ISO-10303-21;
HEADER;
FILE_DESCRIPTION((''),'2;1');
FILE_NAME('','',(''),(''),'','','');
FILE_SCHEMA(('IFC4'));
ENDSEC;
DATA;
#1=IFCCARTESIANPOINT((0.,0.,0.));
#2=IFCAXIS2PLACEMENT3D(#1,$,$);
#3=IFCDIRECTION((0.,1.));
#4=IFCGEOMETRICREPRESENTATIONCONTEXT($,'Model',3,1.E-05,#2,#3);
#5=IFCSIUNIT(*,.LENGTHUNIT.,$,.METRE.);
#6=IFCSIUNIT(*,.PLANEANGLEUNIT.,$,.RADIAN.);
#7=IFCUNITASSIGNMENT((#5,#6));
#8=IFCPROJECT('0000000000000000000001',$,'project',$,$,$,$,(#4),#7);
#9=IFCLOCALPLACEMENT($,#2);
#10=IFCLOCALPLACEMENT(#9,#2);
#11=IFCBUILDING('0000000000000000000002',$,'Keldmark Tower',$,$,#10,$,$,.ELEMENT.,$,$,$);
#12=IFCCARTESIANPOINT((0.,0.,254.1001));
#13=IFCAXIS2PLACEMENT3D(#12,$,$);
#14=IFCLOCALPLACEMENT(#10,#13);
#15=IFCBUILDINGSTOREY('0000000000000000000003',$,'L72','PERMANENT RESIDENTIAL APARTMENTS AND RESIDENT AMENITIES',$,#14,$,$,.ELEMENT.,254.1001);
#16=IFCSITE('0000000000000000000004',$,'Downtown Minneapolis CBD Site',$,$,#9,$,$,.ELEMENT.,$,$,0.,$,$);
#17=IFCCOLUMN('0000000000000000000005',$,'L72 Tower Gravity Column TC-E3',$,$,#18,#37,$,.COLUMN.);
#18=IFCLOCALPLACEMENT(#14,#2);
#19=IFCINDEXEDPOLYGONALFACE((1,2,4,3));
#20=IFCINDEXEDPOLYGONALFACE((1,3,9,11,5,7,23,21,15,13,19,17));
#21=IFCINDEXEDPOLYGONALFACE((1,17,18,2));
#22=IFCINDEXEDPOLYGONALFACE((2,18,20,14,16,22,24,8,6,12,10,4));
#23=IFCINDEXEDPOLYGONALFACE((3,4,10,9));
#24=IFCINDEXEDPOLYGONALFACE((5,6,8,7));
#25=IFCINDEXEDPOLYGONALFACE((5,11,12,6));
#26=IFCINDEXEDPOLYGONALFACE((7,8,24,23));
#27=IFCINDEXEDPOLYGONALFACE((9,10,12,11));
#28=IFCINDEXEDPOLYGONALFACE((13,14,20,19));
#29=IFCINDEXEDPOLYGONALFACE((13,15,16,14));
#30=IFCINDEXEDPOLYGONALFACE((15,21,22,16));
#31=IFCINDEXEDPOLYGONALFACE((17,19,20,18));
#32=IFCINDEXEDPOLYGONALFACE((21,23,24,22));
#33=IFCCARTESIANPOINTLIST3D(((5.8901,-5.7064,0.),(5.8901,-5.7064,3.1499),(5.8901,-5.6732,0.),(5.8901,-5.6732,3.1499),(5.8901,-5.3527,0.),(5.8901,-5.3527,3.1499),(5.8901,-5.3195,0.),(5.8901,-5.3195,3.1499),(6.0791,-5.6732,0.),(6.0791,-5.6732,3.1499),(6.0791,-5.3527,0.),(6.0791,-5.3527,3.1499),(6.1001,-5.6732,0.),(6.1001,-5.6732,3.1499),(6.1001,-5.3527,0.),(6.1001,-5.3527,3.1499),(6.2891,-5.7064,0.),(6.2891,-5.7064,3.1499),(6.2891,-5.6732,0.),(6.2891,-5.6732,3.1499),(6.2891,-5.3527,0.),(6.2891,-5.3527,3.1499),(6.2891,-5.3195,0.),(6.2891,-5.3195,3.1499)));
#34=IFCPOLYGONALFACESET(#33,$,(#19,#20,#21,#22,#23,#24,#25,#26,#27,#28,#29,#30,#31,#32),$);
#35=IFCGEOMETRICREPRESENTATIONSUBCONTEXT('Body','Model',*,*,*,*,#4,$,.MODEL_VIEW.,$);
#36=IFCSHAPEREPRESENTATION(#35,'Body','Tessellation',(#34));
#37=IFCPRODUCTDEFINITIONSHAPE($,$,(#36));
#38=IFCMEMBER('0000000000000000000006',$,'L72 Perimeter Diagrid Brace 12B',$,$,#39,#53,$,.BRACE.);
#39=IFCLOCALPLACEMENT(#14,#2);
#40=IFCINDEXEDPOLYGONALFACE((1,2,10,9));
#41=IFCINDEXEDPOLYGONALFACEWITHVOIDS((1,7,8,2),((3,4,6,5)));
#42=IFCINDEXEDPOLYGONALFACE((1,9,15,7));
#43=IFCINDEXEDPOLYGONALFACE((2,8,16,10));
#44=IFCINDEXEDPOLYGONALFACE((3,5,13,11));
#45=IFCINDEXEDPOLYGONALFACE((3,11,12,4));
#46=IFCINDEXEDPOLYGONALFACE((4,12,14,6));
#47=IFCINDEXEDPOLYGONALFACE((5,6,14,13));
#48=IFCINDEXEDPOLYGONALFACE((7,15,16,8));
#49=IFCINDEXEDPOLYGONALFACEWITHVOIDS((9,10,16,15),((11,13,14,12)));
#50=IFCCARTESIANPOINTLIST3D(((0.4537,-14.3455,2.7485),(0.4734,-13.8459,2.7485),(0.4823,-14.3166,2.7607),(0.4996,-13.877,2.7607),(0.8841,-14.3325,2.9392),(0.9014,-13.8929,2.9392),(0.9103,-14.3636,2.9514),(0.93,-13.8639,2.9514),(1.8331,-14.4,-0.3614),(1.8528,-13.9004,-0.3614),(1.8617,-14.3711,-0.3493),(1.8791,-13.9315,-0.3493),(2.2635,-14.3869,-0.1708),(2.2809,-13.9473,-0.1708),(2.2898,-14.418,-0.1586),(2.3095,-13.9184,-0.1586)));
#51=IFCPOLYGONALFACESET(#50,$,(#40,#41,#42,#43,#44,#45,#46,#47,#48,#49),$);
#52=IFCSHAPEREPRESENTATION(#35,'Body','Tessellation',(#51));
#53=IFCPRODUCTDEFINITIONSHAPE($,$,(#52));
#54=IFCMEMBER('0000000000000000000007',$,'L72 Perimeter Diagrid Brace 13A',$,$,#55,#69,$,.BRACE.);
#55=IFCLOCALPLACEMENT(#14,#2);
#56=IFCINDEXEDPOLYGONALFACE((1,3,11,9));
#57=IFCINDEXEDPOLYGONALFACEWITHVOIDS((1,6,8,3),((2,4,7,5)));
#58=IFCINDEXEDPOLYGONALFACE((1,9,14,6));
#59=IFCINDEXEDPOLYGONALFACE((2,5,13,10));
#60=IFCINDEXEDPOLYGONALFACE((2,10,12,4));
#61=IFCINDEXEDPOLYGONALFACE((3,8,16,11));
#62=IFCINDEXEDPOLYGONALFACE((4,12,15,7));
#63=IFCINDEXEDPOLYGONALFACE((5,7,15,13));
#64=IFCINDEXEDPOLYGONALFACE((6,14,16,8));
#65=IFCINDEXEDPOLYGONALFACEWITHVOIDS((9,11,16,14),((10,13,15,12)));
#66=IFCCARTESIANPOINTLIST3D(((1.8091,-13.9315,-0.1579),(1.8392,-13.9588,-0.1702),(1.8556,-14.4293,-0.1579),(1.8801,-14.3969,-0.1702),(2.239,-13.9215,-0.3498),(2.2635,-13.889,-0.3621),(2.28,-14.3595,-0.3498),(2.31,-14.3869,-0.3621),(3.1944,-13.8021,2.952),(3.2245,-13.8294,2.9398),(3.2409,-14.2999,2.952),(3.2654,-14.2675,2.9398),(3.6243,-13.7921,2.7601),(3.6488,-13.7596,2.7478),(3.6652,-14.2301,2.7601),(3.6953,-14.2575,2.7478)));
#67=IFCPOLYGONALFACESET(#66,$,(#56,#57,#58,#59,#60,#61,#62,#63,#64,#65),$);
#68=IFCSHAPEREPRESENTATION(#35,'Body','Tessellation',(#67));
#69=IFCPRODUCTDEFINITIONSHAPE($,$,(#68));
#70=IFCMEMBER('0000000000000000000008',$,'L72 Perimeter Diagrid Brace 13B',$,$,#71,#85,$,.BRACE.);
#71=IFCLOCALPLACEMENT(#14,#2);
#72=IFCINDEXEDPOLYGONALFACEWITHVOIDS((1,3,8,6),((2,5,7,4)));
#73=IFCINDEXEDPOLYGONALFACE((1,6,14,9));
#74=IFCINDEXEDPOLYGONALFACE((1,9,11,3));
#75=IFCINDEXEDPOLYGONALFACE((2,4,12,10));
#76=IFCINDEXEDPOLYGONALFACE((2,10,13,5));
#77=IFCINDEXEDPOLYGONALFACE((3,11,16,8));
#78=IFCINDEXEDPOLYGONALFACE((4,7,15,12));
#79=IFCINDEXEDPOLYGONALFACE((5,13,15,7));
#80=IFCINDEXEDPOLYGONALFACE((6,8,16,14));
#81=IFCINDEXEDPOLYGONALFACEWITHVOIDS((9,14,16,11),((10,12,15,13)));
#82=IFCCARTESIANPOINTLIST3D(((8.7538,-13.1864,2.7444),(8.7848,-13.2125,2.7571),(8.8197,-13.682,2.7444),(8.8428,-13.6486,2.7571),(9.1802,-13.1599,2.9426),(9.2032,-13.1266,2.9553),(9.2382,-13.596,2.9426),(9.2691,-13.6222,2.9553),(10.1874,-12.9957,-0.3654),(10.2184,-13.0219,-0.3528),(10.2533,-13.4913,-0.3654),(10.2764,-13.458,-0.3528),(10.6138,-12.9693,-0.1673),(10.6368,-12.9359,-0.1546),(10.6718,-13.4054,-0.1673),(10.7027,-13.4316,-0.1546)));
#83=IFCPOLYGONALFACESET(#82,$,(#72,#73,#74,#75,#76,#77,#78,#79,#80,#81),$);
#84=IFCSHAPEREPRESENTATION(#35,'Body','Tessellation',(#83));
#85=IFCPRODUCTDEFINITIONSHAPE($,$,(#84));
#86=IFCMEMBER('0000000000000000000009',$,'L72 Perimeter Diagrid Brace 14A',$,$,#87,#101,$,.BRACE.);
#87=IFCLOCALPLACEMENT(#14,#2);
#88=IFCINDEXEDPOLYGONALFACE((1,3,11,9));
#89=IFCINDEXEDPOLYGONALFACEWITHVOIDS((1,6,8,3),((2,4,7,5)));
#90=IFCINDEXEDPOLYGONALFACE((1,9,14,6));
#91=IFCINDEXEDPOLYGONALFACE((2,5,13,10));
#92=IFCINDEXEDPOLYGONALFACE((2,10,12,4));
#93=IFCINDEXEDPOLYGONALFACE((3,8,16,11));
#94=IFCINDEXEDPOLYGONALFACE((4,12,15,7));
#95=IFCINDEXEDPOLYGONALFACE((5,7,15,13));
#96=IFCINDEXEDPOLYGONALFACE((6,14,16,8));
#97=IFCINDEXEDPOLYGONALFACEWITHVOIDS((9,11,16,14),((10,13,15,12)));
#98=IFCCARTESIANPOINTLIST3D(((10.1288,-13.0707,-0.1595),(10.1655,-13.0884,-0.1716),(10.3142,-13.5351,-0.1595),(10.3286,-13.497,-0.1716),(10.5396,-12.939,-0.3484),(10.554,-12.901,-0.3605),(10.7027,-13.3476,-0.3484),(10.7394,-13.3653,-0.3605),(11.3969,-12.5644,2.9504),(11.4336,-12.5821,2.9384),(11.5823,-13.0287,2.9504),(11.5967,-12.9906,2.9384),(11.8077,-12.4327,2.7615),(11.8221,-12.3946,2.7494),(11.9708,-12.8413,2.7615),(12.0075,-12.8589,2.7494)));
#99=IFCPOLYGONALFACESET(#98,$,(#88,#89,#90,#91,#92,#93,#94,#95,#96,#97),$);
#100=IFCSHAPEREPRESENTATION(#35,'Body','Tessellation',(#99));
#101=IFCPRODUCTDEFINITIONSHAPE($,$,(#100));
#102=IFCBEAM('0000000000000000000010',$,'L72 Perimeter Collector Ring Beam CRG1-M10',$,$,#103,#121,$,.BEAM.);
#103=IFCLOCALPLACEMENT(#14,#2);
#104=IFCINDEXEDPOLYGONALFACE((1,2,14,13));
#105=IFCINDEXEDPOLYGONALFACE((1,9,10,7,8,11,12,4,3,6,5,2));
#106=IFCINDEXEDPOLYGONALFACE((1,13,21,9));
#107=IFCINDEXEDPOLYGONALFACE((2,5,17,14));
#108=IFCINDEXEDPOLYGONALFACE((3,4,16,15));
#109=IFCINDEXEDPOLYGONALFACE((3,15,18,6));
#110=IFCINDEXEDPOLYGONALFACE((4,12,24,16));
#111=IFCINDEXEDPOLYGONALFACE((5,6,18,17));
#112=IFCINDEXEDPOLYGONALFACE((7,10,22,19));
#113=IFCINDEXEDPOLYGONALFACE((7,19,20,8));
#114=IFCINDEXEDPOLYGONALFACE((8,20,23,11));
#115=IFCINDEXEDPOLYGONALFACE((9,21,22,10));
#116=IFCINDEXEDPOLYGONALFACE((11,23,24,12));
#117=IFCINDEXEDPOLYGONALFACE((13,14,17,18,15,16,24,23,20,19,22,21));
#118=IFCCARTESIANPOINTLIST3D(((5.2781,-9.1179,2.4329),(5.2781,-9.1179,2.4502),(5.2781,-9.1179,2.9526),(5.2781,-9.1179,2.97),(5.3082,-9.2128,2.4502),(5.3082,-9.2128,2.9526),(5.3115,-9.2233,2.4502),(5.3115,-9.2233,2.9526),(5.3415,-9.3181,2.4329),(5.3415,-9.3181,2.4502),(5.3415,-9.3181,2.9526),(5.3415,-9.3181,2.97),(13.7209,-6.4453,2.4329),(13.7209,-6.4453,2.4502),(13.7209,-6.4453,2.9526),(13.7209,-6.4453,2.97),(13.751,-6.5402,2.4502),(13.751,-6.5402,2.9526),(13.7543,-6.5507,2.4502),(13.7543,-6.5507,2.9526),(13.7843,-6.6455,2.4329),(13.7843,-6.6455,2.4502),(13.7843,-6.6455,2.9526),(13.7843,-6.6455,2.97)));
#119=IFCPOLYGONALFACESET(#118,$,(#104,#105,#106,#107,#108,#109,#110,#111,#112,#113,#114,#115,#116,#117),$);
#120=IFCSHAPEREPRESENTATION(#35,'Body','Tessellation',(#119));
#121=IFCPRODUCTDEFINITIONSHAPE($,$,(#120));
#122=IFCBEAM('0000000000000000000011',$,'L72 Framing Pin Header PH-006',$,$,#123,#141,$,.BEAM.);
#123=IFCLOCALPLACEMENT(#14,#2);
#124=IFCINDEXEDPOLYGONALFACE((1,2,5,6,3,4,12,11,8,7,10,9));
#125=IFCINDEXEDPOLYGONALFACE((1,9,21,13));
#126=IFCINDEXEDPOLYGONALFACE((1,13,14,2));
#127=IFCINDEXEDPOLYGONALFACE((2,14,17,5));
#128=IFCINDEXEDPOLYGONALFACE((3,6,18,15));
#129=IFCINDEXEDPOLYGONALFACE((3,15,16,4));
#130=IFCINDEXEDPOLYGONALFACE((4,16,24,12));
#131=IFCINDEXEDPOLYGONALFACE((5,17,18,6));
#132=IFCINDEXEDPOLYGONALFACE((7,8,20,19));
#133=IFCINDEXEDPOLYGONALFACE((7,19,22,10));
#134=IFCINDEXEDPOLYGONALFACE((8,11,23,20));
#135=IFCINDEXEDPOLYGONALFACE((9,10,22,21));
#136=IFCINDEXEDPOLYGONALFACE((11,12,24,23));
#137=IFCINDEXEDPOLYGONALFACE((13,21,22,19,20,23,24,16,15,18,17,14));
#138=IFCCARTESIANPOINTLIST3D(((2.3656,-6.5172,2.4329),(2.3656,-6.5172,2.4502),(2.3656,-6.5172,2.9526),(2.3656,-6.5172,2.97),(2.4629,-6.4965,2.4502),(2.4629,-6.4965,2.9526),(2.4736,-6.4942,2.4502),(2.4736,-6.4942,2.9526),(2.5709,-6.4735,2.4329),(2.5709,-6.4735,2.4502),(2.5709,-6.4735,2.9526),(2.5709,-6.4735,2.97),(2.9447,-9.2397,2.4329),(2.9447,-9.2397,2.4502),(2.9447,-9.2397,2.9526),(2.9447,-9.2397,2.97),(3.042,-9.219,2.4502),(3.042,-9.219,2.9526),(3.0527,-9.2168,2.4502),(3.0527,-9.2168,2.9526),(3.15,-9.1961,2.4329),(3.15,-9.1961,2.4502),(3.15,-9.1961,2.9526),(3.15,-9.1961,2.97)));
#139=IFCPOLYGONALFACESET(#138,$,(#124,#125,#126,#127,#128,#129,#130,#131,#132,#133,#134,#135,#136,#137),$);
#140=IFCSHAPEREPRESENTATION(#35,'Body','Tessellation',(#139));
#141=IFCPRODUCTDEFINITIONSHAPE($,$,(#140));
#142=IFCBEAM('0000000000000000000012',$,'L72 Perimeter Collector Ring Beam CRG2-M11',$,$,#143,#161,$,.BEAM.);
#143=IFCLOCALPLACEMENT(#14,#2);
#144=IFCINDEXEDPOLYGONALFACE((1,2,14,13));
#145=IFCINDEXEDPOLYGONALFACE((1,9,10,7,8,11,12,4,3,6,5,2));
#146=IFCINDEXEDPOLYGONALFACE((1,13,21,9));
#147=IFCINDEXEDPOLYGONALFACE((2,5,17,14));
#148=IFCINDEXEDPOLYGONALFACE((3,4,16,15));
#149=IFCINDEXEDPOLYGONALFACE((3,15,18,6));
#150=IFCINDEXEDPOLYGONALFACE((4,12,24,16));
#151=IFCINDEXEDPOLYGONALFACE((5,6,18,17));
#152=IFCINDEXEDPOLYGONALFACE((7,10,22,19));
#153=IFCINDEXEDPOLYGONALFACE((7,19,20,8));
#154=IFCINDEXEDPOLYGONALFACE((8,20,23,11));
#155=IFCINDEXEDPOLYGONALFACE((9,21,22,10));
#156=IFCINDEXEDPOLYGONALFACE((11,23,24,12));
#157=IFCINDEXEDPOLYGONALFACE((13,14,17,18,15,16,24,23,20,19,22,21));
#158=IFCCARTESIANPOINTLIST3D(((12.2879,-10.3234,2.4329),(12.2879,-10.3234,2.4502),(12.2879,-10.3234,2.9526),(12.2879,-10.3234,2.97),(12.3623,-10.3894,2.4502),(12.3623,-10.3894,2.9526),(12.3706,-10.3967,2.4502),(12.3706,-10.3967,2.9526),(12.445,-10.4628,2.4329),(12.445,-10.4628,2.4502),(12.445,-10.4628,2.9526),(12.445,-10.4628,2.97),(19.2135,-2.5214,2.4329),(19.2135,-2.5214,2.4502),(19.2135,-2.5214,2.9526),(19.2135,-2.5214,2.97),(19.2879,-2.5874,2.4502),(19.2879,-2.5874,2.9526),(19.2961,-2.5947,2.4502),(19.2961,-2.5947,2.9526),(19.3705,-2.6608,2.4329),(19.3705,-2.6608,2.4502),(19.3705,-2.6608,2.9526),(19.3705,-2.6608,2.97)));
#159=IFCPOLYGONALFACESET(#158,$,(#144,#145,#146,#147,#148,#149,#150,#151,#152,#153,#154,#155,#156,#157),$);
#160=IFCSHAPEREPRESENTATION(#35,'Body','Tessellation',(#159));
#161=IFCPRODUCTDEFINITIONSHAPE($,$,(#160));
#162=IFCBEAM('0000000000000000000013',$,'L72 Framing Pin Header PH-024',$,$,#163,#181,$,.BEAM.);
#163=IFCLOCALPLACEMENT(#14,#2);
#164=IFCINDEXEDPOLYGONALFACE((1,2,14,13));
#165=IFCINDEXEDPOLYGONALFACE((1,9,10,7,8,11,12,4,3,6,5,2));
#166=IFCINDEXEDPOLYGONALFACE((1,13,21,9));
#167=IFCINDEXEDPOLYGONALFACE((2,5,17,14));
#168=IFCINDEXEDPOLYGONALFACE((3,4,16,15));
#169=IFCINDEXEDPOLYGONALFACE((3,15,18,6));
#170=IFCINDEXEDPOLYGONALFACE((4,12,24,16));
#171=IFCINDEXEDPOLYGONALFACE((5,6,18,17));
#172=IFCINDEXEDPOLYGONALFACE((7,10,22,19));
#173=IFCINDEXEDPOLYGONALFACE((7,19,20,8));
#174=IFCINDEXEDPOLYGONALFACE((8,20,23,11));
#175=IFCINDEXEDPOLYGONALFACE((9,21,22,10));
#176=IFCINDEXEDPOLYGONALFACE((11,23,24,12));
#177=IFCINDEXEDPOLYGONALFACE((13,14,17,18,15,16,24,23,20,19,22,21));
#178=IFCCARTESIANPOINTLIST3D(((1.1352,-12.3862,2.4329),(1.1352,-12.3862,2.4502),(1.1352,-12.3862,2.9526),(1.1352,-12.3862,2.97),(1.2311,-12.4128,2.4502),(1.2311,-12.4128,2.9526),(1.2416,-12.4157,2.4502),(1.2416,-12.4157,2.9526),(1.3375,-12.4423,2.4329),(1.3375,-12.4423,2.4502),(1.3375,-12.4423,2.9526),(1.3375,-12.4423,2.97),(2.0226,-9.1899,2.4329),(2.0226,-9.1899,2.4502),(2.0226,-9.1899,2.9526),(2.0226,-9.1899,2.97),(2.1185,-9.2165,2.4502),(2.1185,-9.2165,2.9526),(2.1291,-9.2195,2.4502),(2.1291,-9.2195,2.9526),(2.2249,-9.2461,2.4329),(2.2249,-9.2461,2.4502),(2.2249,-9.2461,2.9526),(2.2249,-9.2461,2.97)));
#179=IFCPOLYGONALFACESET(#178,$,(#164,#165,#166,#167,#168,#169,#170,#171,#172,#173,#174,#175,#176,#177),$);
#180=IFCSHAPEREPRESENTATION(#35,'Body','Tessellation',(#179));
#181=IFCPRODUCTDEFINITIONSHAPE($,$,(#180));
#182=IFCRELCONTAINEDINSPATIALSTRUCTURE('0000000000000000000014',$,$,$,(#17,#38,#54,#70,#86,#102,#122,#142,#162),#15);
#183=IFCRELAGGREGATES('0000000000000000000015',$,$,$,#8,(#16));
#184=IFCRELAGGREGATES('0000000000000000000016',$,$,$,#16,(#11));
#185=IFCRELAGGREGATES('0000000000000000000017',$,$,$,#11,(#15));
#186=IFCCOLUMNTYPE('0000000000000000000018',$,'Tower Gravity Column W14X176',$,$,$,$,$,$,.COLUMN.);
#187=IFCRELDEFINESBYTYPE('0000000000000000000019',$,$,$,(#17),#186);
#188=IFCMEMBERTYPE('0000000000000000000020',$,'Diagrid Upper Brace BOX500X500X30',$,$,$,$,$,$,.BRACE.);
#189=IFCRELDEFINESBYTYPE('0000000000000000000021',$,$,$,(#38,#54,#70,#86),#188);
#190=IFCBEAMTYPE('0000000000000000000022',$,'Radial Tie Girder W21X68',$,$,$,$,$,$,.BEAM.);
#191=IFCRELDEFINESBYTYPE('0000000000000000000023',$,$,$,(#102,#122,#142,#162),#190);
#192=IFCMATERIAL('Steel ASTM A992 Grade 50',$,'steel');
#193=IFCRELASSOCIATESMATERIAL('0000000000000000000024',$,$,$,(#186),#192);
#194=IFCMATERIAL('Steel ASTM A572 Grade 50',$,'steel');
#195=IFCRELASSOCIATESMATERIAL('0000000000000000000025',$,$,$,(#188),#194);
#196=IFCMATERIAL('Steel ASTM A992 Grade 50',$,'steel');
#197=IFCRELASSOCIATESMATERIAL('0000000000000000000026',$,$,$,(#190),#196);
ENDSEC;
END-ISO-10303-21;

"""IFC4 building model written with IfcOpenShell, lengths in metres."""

from ifc_helpers import new_model, si_unit, direction, frame, origin, origin_2d, place, context, subcontext, project, spatial, hollow_rectangle, i_section, extrude, material, material_profile, profile_set, type_object, element, save


model = new_model("IFC4")

# Units and contexts
model_context = context("Model", 3, precision=1e-05, world=origin(), true_north=direction((0.0, 1.0)))
body_context = subcontext(model_context, "Body", "Model", "MODEL_VIEW")
ifc_project = project(units=[si_unit("LENGTHUNIT", "METRE"), si_unit("PLANEANGLEUNIT", "RADIAN")], contexts=[model_context])

# Site, building, storey
site_placement = place(None, origin())
site = spatial("IfcSite", under=ifc_project, at=site_placement, Name="Downtown Minneapolis CBD Site", CompositionType="ELEMENT", RefElevation=0.0)
building_placement = place(site_placement, origin())
building = spatial("IfcBuilding", under=site, at=building_placement, Name="Keldmark Tower", CompositionType="ELEMENT")
storey_placement = place(building_placement, frame((0.0, 0.0, 254.1001)))
storey = spatial("IfcBuildingStorey", under=building, at=storey_placement, Name="L72", Description="PERMANENT RESIDENTIAL APARTMENTS AND RESIDENT AMENITIES", CompositionType="ELEMENT", Elevation=254.1001)

# Column
ifc_material_1 = material(Name="Steel ASTM A992 Grade 50", Category="steel")
ifc_material_profile_1 = material_profile(ifc_material_1, i_section(OverallWidth=0.3989, OverallDepth=0.387, WebThickness=0.021, FlangeThickness=0.0332, at=origin_2d()), Name="W14X176")
ifc_profile_set_1 = profile_set([ifc_material_profile_1], Name="Steel ASTM A992 Grade 50")
column_type = type_object("IfcColumnType", Name="Tower Gravity Column W14X176", PredefinedType="COLUMN", material=ifc_profile_set_1)
column_placement = place(storey_placement, frame((6.0896, -5.5129, 0.0), z_axis=(0.0, 0.0, 1.0), x_axis=(1.0, 0.0, 0.0)))
element("IfcColumn", 1, at=column_placement, inside=storey, type_object=column_type, Name="L72 Tower Gravity Column TC-E3", PredefinedType="COLUMN", context=body_context, shape_type="SweptSolid", body=[
    extrude(i_section(OverallWidth=0.3989, OverallDepth=0.387, WebThickness=0.021, FlangeThickness=0.0332, at=origin_2d()), origin(), (0.0, 0.0, 1.0), 3.1499),
])

# Members
ifc_material_2 = material(Name="Steel ASTM A572 Grade 50", Category="steel")
ifc_material_profile_2 = material_profile(ifc_material_2, hollow_rectangle(XDim=0.5, YDim=0.5, WallThickness=0.03, at=origin_2d()), Name="BOX500X500X30")
ifc_profile_set_2 = profile_set([ifc_material_profile_2], Name="Steel ASTM A572 Grade 50")
member_type = type_object("IfcMemberType", Name="Diagrid Upper Brace BOX500X500X30", PredefinedType="BRACE", material=ifc_profile_set_2)
member_1_placement = place(storey_placement, frame((2.0713, -14.1592, -0.26), z_axis=(-0.405407, 0.016001, 0.913996), x_axis=(-0.039438, -0.999222, 0.0)))
element("IfcMember", 2, at=member_1_placement, inside=storey, type_object=member_type, Name="L72 Perimeter Diagrid Brace 12B", PredefinedType="BRACE", context=body_context, shape_type="SweptSolid", body=[
    extrude(hollow_rectangle(XDim=0.5, YDim=0.5, WallThickness=0.03, at=origin_2d()), origin(), (0.0, 0.0, 1.0), 3.4026),
])
member_2_placement = place(storey_placement, frame((2.0596, -14.1592, -0.26), z_axis=(0.406603, 0.03798, 0.912815), x_axis=(-0.093004, 0.995666, 0.0)))
element("IfcMember", 3, at=member_2_placement, inside=storey, type_object=member_type, Name="L72 Perimeter Diagrid Brace 13A", PredefinedType="BRACE", context=body_context, shape_type="SweptSolid", body=[
    extrude(hollow_rectangle(XDim=0.5, YDim=0.5, WallThickness=0.03, at=origin_2d()), origin(), (0.0, 0.0, 1.0), 3.407),
])
member_3_placement = place(storey_placement, frame((10.4451, -13.2136, -0.26), z_axis=(-0.417995, -0.055595, 0.906747), x_axis=(0.131843, -0.991271, 0.0)))
element("IfcMember", 4, at=member_3_placement, inside=storey, type_object=member_type, Name="L72 Perimeter Diagrid Brace 13B", PredefinedType="BRACE", context=body_context, shape_type="SweptSolid", body=[
    extrude(hollow_rectangle(XDim=0.5, YDim=0.5, WallThickness=0.03, at=origin_2d()), origin(), (0.0, 0.0, 1.0), 3.4297),
])
member_4_placement = place(storey_placement, frame((10.4341, -13.218, -0.26), z_axis=(0.373354, 0.149083, 0.915631), x_axis=(-0.370836, 0.928698, 0.0)))
element("IfcMember", 5, at=member_4_placement, inside=storey, type_object=member_type, Name="L72 Perimeter Diagrid Brace 14A", PredefinedType="BRACE", context=body_context, shape_type="SweptSolid", body=[
    extrude(hollow_rectangle(XDim=0.5, YDim=0.5, WallThickness=0.03, at=origin_2d()), origin(), (0.0, 0.0, 1.0), 3.3965),
])

# Beams
ifc_material_3 = material(Name="Steel ASTM A992 Grade 50", Category="steel")
ifc_material_profile_3 = material_profile(ifc_material_3, i_section(OverallWidth=0.21, OverallDepth=0.5371, WebThickness=0.011, FlangeThickness=0.0173, at=origin_2d()), Name="W21X68")
ifc_profile_set_3 = profile_set([ifc_material_profile_3], Name="Steel ASTM A992 Grade 50")
beam_type_1 = type_object("IfcBeamType", Name="Radial Tie Girder W21X68", PredefinedType="BEAM", material=ifc_profile_set_3)
beam_1_placement = place(storey_placement, frame((5.3098, -9.218, 2.7014), z_axis=(0.953374, 0.301792, 0.0), x_axis=(-0.301792, 0.953374, 0.0)))
element("IfcBeam", 6, at=beam_1_placement, inside=storey, type_object=beam_type_1, Name="L72 Perimeter Collector Ring Beam CRG1-M10", PredefinedType="BEAM", context=body_context, shape_type="SweptSolid", body=[
    extrude(i_section(OverallWidth=0.21, OverallDepth=0.5371, WebThickness=0.011, FlangeThickness=0.0173, at=origin_2d()), origin(), (0.0, 0.0, 1.0), 8.8557),
])
beam_2_placement = place(storey_placement, frame((2.4683, -6.4954, 2.7014), z_axis=(0.208043, -0.97812, 0.0), x_axis=(0.97812, 0.208043, 0.0)))
element("IfcBeam", 7, at=beam_2_placement, inside=storey, type_object=beam_type_1, Name="L72 Framing Pin Header PH-006", PredefinedType="BEAM", context=body_context, shape_type="SweptSolid", body=[
    extrude(i_section(OverallWidth=0.21, OverallDepth=0.5371, WebThickness=0.011, FlangeThickness=0.0173, at=origin_2d()), origin(), (0.0, 0.0, 1.0), 2.7834),
])
beam_3_placement = place(storey_placement, frame((12.3665, -10.3931, 2.7014), z_axis=(0.663851, 0.747865, 0.0), x_axis=(-0.747865, 0.663851, 0.0)))
element("IfcBeam", 8, at=beam_3_placement, inside=storey, type_object=beam_type_1, Name="L72 Perimeter Collector Ring Beam CRG2-M11", PredefinedType="BEAM", context=body_context, shape_type="SweptSolid", body=[
    extrude(i_section(OverallWidth=0.21, OverallDepth=0.5371, WebThickness=0.011, FlangeThickness=0.0173, at=origin_2d()), origin(), (0.0, 0.0, 1.0), 10.4324),
])
beam_4_placement = place(storey_placement, frame((2.1238, -9.218, 2.7014), z_axis=(-0.26753, -0.96355, 0.0), x_axis=(0.96355, -0.26753, 0.0)))
element("IfcBeam", 9, at=beam_4_placement, inside=storey, type_object=beam_type_1, Name="L72 Framing Pin Header PH-024", PredefinedType="BEAM", context=body_context, shape_type="SweptSolid", body=[
    extrude(i_section(OverallWidth=0.21, OverallDepth=0.5371, WebThickness=0.011, FlangeThickness=0.0173, at=origin_2d()), origin(), (0.0, 0.0, 1.0), 3.3171),
])

save(model, "model.ifc")
